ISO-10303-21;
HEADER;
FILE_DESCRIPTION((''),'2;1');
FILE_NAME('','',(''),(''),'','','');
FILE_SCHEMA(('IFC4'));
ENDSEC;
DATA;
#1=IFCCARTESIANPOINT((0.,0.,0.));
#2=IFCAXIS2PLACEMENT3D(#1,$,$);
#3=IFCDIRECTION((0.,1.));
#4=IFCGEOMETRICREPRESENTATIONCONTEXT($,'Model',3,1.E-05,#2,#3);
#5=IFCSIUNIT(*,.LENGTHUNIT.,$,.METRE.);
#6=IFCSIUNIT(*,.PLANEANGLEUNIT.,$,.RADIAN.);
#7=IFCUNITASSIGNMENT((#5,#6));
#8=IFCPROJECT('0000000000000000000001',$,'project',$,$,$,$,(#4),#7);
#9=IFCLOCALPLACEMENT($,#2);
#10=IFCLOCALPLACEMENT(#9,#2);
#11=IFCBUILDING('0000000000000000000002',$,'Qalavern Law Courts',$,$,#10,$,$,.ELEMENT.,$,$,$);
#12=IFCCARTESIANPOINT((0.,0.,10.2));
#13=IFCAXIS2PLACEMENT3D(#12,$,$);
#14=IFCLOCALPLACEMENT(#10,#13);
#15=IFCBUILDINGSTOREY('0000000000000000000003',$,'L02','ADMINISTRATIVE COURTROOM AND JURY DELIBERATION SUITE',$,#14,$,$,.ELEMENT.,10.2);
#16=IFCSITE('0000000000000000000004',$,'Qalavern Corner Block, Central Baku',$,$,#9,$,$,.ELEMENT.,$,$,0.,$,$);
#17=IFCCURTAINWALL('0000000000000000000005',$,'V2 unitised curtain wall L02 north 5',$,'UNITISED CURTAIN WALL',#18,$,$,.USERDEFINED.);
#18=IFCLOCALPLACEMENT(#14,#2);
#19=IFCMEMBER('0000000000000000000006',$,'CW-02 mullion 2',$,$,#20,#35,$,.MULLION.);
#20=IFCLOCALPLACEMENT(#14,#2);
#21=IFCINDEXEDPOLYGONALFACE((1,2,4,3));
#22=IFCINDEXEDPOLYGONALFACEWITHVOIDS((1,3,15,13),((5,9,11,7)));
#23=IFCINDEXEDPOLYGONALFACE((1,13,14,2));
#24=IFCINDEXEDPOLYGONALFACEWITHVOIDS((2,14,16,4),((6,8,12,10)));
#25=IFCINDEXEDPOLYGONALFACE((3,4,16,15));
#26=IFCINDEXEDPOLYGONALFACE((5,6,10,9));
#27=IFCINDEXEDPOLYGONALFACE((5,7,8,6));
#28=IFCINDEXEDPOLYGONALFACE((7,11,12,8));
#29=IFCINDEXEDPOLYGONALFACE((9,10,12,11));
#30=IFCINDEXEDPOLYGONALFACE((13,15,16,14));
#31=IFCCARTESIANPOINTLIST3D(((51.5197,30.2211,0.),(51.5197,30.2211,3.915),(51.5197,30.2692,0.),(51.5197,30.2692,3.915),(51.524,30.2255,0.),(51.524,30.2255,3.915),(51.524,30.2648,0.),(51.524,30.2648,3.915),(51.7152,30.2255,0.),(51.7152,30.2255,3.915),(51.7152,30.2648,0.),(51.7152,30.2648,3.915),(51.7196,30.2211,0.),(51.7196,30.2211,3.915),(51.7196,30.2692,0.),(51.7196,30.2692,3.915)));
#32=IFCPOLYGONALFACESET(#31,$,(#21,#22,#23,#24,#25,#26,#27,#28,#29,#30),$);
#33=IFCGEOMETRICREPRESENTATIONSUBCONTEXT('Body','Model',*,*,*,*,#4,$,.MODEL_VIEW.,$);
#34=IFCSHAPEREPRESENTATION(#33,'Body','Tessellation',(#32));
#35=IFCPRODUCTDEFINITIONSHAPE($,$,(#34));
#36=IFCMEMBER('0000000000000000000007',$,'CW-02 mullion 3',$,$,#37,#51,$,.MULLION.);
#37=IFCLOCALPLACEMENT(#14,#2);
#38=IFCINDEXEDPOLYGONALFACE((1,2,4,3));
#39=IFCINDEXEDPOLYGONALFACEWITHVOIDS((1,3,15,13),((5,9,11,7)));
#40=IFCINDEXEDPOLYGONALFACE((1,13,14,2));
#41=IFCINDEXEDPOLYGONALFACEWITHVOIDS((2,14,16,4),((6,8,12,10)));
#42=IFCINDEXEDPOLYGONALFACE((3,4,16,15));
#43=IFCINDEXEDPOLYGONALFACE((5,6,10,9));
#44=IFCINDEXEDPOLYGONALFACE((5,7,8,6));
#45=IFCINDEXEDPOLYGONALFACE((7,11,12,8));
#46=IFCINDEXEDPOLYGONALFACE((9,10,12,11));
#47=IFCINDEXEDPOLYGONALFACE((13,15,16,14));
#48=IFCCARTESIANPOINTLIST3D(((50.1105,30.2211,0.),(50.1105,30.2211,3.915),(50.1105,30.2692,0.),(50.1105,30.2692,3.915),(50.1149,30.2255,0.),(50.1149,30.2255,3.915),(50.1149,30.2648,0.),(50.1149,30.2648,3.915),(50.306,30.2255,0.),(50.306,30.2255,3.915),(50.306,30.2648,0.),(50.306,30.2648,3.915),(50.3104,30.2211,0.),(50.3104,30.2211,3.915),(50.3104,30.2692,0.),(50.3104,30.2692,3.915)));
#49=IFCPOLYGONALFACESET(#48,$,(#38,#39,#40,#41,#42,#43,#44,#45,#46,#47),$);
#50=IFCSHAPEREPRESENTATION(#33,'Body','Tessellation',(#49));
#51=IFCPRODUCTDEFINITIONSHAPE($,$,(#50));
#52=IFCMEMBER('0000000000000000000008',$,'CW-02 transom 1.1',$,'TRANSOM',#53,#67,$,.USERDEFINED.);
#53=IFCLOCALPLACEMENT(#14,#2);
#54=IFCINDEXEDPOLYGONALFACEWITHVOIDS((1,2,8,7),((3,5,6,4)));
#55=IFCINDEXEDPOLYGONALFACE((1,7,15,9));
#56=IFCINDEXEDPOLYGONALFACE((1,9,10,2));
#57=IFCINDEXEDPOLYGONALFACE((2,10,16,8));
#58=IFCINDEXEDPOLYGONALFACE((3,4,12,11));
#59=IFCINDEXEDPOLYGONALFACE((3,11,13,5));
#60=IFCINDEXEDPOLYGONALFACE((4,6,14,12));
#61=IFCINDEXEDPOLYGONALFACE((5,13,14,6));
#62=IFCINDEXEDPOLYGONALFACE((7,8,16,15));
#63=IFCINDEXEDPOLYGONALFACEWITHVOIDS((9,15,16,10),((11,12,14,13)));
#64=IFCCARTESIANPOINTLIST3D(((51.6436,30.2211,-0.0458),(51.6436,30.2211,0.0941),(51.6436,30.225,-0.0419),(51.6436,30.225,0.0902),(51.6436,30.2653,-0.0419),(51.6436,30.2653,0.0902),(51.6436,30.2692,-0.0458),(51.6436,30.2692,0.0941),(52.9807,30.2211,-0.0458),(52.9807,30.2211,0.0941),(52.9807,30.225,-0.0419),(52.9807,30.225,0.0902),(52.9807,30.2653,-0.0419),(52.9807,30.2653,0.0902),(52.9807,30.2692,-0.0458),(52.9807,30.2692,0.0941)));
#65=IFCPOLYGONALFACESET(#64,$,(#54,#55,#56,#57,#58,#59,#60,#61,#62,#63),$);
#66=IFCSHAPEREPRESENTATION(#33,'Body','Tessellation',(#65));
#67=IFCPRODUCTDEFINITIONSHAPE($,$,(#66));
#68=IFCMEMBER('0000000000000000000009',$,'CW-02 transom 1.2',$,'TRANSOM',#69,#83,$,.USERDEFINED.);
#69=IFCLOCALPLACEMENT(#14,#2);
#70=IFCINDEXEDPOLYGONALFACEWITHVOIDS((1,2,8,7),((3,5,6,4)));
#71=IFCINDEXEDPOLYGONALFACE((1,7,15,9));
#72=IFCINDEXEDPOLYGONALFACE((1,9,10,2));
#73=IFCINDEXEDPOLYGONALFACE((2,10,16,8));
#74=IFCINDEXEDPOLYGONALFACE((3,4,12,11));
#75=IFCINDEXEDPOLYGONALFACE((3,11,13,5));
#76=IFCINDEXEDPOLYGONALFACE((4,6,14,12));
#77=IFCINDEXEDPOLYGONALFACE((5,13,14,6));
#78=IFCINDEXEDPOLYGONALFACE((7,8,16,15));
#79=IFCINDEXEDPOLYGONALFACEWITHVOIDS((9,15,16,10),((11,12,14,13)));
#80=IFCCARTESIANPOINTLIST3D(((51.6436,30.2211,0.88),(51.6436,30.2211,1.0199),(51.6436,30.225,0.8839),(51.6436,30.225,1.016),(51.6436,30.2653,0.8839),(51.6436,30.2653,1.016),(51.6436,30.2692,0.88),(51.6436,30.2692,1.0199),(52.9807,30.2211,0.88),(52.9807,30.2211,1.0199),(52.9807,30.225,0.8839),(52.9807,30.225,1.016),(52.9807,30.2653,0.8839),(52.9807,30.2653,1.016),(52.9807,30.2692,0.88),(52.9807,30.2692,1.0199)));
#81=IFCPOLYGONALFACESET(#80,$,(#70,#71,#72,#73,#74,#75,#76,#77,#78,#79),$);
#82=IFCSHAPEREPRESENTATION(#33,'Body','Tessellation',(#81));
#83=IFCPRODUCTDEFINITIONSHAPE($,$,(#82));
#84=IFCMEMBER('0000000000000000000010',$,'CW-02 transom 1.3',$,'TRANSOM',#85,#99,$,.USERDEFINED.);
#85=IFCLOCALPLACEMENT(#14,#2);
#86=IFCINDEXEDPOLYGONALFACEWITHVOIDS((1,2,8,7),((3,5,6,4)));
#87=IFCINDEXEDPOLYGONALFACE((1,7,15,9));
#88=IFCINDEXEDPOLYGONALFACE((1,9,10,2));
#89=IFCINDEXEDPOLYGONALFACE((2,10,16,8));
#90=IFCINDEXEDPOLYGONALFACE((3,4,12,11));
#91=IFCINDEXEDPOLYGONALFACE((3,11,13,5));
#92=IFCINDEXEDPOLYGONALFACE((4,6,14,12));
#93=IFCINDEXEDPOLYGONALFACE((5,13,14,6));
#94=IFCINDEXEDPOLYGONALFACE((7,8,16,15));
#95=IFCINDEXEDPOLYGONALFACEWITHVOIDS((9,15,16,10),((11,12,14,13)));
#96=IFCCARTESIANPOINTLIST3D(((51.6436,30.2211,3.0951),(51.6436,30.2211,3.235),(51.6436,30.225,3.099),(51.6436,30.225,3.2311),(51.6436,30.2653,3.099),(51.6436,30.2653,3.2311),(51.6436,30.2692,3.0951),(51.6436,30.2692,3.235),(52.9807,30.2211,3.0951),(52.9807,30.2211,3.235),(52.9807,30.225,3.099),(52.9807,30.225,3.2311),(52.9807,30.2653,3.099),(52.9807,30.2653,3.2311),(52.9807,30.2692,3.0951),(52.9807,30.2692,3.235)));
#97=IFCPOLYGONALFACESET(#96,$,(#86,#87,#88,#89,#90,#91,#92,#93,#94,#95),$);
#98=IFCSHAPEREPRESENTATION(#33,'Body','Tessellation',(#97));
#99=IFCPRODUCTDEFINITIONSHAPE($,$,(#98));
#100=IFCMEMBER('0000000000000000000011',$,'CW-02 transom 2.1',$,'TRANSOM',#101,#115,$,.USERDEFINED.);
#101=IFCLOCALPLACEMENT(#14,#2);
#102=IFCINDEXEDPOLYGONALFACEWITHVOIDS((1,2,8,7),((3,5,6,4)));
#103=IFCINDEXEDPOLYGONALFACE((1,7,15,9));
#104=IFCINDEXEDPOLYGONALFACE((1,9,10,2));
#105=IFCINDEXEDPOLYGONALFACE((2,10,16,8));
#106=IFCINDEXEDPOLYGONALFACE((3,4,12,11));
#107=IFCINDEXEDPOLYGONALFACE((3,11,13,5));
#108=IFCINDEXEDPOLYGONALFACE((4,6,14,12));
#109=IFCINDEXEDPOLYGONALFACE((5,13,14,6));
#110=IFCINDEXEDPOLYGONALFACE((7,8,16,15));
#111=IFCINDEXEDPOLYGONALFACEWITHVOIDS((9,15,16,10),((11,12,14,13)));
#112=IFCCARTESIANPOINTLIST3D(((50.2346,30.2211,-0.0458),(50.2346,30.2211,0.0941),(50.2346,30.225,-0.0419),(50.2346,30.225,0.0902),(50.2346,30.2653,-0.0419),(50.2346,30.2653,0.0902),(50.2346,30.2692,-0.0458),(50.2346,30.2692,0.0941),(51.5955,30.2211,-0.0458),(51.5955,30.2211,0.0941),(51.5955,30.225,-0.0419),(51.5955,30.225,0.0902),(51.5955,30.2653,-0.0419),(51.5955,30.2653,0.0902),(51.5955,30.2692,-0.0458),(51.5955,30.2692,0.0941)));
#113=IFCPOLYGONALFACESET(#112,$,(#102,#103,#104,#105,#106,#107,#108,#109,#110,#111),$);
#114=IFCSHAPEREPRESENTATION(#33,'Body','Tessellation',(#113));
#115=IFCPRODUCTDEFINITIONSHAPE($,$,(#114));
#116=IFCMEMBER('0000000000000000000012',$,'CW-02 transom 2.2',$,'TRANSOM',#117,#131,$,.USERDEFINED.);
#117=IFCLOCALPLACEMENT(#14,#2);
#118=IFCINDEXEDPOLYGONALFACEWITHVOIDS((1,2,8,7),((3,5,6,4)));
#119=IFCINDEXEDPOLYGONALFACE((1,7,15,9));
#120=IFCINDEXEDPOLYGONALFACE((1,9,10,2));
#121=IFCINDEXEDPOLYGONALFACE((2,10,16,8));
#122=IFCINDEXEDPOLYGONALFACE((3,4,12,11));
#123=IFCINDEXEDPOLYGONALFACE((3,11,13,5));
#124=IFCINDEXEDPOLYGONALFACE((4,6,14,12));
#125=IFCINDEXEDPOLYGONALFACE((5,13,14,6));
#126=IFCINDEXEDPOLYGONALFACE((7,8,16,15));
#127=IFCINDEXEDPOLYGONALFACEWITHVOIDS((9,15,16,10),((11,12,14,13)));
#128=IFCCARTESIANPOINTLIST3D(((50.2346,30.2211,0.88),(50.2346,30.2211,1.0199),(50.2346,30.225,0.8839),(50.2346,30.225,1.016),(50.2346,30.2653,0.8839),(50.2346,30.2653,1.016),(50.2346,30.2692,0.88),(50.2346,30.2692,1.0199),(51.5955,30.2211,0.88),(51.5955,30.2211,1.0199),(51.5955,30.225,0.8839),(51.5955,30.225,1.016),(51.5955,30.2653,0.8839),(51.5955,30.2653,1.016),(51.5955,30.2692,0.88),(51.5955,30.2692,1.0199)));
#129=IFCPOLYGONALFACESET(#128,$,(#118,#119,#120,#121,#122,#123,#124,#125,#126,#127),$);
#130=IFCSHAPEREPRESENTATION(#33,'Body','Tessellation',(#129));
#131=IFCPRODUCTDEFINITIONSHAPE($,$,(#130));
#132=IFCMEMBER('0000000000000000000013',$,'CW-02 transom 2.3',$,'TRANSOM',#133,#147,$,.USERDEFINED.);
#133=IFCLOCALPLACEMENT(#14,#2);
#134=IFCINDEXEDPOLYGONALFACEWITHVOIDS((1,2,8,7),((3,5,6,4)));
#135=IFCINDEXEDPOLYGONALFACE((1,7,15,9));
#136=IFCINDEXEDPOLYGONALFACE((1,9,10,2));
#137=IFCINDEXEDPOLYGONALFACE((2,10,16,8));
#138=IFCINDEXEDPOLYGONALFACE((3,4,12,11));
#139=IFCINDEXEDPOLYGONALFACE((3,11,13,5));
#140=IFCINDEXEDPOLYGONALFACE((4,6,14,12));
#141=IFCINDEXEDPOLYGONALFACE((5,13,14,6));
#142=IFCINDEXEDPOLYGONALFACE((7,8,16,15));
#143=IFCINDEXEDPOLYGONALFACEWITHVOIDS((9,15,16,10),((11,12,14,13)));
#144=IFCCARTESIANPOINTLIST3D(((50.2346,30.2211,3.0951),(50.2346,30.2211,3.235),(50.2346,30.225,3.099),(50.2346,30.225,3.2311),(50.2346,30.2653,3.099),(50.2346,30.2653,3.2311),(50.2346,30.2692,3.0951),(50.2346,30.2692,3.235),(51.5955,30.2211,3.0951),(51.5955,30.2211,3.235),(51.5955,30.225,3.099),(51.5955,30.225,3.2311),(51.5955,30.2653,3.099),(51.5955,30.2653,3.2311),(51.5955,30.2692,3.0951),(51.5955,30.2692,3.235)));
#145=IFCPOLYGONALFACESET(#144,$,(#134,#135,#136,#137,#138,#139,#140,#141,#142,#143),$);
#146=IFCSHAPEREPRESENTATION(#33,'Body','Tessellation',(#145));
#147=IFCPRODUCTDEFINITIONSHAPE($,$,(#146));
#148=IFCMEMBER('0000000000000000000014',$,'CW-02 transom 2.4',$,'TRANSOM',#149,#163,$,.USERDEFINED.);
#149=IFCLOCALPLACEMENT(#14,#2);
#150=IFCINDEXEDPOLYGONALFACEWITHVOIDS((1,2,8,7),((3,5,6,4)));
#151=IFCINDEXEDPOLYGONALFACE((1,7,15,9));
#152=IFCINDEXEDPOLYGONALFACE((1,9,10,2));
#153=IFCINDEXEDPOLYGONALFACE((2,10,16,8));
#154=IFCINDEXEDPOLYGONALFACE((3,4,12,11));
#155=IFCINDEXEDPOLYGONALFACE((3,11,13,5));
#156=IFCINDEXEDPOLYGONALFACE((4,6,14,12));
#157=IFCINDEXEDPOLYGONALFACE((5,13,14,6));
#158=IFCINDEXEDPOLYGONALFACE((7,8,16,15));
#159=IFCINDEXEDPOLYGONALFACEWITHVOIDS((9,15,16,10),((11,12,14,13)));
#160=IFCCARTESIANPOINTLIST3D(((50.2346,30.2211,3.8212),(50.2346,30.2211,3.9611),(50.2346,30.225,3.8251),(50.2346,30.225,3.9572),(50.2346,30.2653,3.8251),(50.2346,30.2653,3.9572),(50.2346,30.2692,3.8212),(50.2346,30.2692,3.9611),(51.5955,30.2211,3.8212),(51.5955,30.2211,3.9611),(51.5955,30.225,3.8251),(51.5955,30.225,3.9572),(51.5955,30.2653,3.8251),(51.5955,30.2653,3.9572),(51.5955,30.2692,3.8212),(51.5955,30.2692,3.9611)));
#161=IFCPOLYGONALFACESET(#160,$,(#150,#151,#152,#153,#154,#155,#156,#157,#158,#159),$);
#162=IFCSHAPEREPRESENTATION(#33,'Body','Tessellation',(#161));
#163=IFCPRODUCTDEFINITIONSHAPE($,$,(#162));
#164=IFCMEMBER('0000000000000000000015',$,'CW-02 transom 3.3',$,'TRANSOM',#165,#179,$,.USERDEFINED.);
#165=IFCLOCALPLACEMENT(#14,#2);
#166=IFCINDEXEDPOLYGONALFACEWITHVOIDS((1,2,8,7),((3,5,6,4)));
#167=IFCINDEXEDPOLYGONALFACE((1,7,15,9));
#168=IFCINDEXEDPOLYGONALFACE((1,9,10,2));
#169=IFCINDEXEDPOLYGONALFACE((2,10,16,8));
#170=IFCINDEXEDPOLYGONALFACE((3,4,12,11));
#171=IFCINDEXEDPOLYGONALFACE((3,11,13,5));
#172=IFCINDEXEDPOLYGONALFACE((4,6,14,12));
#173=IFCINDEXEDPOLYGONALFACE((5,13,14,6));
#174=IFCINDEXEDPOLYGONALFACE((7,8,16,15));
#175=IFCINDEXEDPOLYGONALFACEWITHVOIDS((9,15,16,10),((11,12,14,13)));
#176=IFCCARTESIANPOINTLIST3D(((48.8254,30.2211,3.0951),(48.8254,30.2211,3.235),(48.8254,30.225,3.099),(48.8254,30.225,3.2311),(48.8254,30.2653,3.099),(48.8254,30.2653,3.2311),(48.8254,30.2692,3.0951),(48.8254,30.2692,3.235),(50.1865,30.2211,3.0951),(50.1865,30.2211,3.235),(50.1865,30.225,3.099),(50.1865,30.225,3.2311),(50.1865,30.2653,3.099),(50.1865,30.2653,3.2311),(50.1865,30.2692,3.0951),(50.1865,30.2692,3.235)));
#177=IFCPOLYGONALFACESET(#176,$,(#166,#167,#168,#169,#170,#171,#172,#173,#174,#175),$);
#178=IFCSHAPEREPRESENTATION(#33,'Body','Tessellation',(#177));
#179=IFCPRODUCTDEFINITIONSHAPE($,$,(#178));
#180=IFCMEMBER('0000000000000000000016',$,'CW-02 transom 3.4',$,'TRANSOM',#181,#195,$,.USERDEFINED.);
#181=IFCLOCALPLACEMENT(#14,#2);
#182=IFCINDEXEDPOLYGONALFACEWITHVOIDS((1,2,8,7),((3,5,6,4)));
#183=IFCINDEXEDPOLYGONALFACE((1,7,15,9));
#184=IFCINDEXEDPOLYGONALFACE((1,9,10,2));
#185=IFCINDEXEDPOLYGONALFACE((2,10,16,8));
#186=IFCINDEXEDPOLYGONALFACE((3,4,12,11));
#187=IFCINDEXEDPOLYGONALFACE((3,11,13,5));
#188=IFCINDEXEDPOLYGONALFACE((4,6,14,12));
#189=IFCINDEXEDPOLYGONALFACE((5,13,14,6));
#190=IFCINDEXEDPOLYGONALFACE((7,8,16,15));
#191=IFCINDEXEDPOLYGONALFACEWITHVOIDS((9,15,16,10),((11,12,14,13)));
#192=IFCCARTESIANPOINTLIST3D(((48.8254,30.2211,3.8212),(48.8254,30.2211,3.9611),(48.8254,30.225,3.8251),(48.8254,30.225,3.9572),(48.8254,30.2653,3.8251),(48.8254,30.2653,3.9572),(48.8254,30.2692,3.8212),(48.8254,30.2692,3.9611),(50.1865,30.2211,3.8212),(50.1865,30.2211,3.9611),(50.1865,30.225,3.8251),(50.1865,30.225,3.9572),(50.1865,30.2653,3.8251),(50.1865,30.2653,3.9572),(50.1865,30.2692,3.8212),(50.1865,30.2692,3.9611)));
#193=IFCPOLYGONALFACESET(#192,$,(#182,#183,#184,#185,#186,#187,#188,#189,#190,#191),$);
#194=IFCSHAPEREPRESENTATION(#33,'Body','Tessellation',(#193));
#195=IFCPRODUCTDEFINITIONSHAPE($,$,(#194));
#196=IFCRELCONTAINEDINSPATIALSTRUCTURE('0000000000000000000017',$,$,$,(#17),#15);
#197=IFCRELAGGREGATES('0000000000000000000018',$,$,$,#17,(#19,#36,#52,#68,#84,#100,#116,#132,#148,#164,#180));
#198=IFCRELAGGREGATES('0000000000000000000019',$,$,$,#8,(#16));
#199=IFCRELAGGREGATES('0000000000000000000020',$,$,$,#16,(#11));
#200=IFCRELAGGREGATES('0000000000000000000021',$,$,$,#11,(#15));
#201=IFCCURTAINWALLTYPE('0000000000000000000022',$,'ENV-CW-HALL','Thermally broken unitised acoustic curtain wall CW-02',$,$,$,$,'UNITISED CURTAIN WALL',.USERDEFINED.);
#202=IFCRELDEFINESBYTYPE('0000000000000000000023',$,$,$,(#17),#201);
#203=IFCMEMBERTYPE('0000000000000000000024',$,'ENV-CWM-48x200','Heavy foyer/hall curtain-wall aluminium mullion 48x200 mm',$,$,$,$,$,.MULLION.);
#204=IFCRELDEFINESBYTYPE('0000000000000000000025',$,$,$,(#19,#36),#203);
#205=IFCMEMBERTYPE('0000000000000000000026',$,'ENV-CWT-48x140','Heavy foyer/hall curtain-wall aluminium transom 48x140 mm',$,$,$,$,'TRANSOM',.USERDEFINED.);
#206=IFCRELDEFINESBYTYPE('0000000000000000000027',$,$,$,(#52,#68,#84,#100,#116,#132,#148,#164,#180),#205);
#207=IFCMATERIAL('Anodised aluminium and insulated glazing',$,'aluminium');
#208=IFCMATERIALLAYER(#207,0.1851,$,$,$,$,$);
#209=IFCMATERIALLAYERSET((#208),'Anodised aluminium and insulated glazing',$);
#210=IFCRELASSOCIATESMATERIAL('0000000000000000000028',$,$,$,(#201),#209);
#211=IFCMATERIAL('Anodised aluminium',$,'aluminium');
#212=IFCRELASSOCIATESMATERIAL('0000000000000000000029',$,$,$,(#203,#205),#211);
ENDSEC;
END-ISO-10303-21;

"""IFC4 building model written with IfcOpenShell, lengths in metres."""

from ifc_helpers import new_model, si_unit, direction, frame, origin, origin_2d, place, context, subcontext, project, spatial, hollow_rectangle, extrude, material, layer, layer_set, material_profile, profile_set, type_object, element, aggregate, save


model = new_model("IFC4")

# Units and contexts
model_context = context("Model", 3, precision=1e-05, world=origin(), true_north=direction((0.0, 1.0)))
body_context = subcontext(model_context, "Body", "Model", "MODEL_VIEW")
ifc_project = project(units=[si_unit("LENGTHUNIT", "METRE"), si_unit("PLANEANGLEUNIT", "RADIAN")], contexts=[model_context])

# Site, building, storey
site_placement = place(None, origin())
site = spatial("IfcSite", under=ifc_project, at=site_placement, Name="Qalavern Corner Block, Central Baku", CompositionType="ELEMENT", RefElevation=0.0)
building_placement = place(site_placement, origin())
building = spatial("IfcBuilding", under=site, at=building_placement, Name="Qalavern Law Courts", CompositionType="ELEMENT")
storey_placement = place(building_placement, frame((0.0, 0.0, 10.2)))
storey = spatial("IfcBuildingStorey", under=building, at=storey_placement, Name="L02", Description="ADMINISTRATIVE COURTROOM AND JURY DELIBERATION SUITE", CompositionType="ELEMENT", Elevation=10.2)

# Curtain wall, members
ifc_material_1 = material(Name="Anodised aluminium and insulated glazing", Category="aluminium")
ifc_layer_1 = layer(ifc_material_1, 0.1851)
ifc_layer_set_1 = layer_set([ifc_layer_1], Name="Anodised aluminium and insulated glazing")
curtain_wall_type = type_object("IfcCurtainWallType", Name="ENV-CW-HALL", Description="Thermally broken unitised acoustic curtain wall CW-02", ElementType="UNITISED CURTAIN WALL", PredefinedType="USERDEFINED", material=ifc_layer_set_1)
curtain_wall_placement = place(storey_placement, origin())
curtain_wall = element("IfcCurtainWall", 1, at=curtain_wall_placement, inside=storey, type_object=curtain_wall_type, Name="V2 unitised curtain wall L02 north 5", ObjectType="UNITISED CURTAIN WALL", PredefinedType="USERDEFINED")
ifc_material_2 = material(Name="Anodised aluminium", Category="aluminium")
ifc_material_profile_1 = material_profile(ifc_material_2, hollow_rectangle(XDim=0.0481, YDim=0.2, WallThickness=0.0044, at=origin_2d()), Name="ALU MULLION 48x200")
ifc_profile_set_1 = profile_set([ifc_material_profile_1], Name="Anodised aluminium")
member_type_1 = type_object("IfcMemberType", Name="ENV-CWM-48x200", Description="Heavy foyer/hall curtain-wall aluminium mullion 48x200 mm", PredefinedType="MULLION", material=ifc_profile_set_1)
member_1_placement = place(storey_placement, frame((51.6196, 30.2451, 0.0), z_axis=(0.0, 0.0, 1.0), x_axis=(0.0, -1.0, 0.0)))
member_1 = element("IfcMember", 2, at=member_1_placement, type_object=member_type_1, Name="CW-02 mullion 2", PredefinedType="MULLION", context=body_context, shape_type="SweptSolid", body=[
    extrude(hollow_rectangle(XDim=0.0481, YDim=0.2, WallThickness=0.0044, at=origin_2d()), origin(), (0.0, 0.0, 1.0), 3.915),
])
member_2_placement = place(storey_placement, frame((50.2104, 30.2451, 0.0), z_axis=(0.0, 0.0, 1.0), x_axis=(0.0, -1.0, 0.0)))
member_2 = element("IfcMember", 3, at=member_2_placement, type_object=member_type_1, Name="CW-02 mullion 3", PredefinedType="MULLION", context=body_context, shape_type="SweptSolid", body=[
    extrude(hollow_rectangle(XDim=0.0481, YDim=0.2, WallThickness=0.0044, at=origin_2d()), origin(), (0.0, 0.0, 1.0), 3.915),
])
ifc_material_profile_2 = material_profile(ifc_material_2, hollow_rectangle(XDim=0.0481, YDim=0.1399, WallThickness=0.0039, at=origin_2d()), Name="ALU TRANSOM 48x140")
ifc_profile_set_2 = profile_set([ifc_material_profile_2], Name="Anodised aluminium")
member_type_2 = type_object("IfcMemberType", Name="ENV-CWT-48x140", Description="Heavy foyer/hall curtain-wall aluminium transom 48x140 mm", ElementType="TRANSOM", PredefinedType="USERDEFINED", material=ifc_profile_set_2)
member_3_placement = place(storey_placement, frame((52.9807, 30.2451, 0.0242), z_axis=(-1.0, 0.0, 0.0), x_axis=(0.0, -1.0, 0.0)))
member_3 = element("IfcMember", 4, at=member_3_placement, type_object=member_type_2, Name="CW-02 transom 1.1", ObjectType="TRANSOM", PredefinedType="USERDEFINED", context=body_context, shape_type="SweptSolid", body=[
    extrude(hollow_rectangle(XDim=0.0481, YDim=0.1399, WallThickness=0.0039, at=origin_2d()), origin(), (0.0, 0.0, 1.0), 1.3372),
])
member_4_placement = place(storey_placement, frame((52.9807, 30.2451, 0.95), z_axis=(-1.0, 0.0, 0.0), x_axis=(0.0, -1.0, 0.0)))
member_4 = element("IfcMember", 5, at=member_4_placement, type_object=member_type_2, Name="CW-02 transom 1.2", ObjectType="TRANSOM", PredefinedType="USERDEFINED", context=body_context, shape_type="SweptSolid", body=[
    extrude(hollow_rectangle(XDim=0.0481, YDim=0.1399, WallThickness=0.0039, at=origin_2d()), origin(), (0.0, 0.0, 1.0), 1.3372),
])
member_5_placement = place(storey_placement, frame((52.9807, 30.2451, 3.165), z_axis=(-1.0, 0.0, 0.0), x_axis=(0.0, -1.0, 0.0)))
member_5 = element("IfcMember", 6, at=member_5_placement, type_object=member_type_2, Name="CW-02 transom 1.3", ObjectType="TRANSOM", PredefinedType="USERDEFINED", context=body_context, shape_type="SweptSolid", body=[
    extrude(hollow_rectangle(XDim=0.0481, YDim=0.1399, WallThickness=0.0039, at=origin_2d()), origin(), (0.0, 0.0, 1.0), 1.3372),
])
member_6_placement = place(storey_placement, frame((51.5955, 30.2451, 0.0242), z_axis=(-1.0, 0.0, 0.0), x_axis=(0.0, -1.0, 0.0)))
member_6 = element("IfcMember", 7, at=member_6_placement, type_object=member_type_2, Name="CW-02 transom 2.1", ObjectType="TRANSOM", PredefinedType="USERDEFINED", context=body_context, shape_type="SweptSolid", body=[
    extrude(hollow_rectangle(XDim=0.0481, YDim=0.1399, WallThickness=0.0039, at=origin_2d()), origin(), (0.0, 0.0, 1.0), 1.3608),
])
member_7_placement = place(storey_placement, frame((51.5955, 30.2451, 0.95), z_axis=(-1.0, 0.0, 0.0), x_axis=(0.0, -1.0, 0.0)))
member_7 = element("IfcMember", 8, at=member_7_placement, type_object=member_type_2, Name="CW-02 transom 2.2", ObjectType="TRANSOM", PredefinedType="USERDEFINED", context=body_context, shape_type="SweptSolid", body=[
    extrude(hollow_rectangle(XDim=0.0481, YDim=0.1399, WallThickness=0.0039, at=origin_2d()), origin(), (0.0, 0.0, 1.0), 1.3608),
])
member_8_placement = place(storey_placement, frame((51.5955, 30.2451, 3.165), z_axis=(-1.0, 0.0, 0.0), x_axis=(0.0, -1.0, 0.0)))
member_8 = element("IfcMember", 9, at=member_8_placement, type_object=member_type_2, Name="CW-02 transom 2.3", ObjectType="TRANSOM", PredefinedType="USERDEFINED", context=body_context, shape_type="SweptSolid", body=[
    extrude(hollow_rectangle(XDim=0.0481, YDim=0.1399, WallThickness=0.0039, at=origin_2d()), origin(), (0.0, 0.0, 1.0), 1.3608),
])
member_9_placement = place(storey_placement, frame((51.5955, 30.2451, 3.8911), z_axis=(-1.0, 0.0, 0.0), x_axis=(0.0, -1.0, 0.0)))
member_9 = element("IfcMember", 10, at=member_9_placement, type_object=member_type_2, Name="CW-02 transom 2.4", ObjectType="TRANSOM", PredefinedType="USERDEFINED", context=body_context, shape_type="SweptSolid", body=[
    extrude(hollow_rectangle(XDim=0.0481, YDim=0.1399, WallThickness=0.0039, at=origin_2d()), origin(), (0.0, 0.0, 1.0), 1.3608),
])
member_10_placement = place(storey_placement, frame((50.1865, 30.2451, 3.165), z_axis=(-1.0, 0.0, 0.0), x_axis=(0.0, -1.0, 0.0)))
member_10 = element("IfcMember", 11, at=member_10_placement, type_object=member_type_2, Name="CW-02 transom 3.3", ObjectType="TRANSOM", PredefinedType="USERDEFINED", context=body_context, shape_type="SweptSolid", body=[
    extrude(hollow_rectangle(XDim=0.0481, YDim=0.1399, WallThickness=0.0039, at=origin_2d()), origin(), (0.0, 0.0, 1.0), 1.3611),
])
member_11_placement = place(storey_placement, frame((50.1865, 30.2451, 3.8911), z_axis=(-1.0, 0.0, 0.0), x_axis=(0.0, -1.0, 0.0)))
member_11 = element("IfcMember", 12, at=member_11_placement, type_object=member_type_2, Name="CW-02 transom 3.4", ObjectType="TRANSOM", PredefinedType="USERDEFINED", context=body_context, shape_type="SweptSolid", body=[
    extrude(hollow_rectangle(XDim=0.0481, YDim=0.1399, WallThickness=0.0039, at=origin_2d()), origin(), (0.0, 0.0, 1.0), 1.3611),
])
aggregate(curtain_wall, [member_1, member_2, member_3, member_4, member_5, member_6, member_7, member_8, member_9, member_10, member_11])

save(model, "model.ifc")
